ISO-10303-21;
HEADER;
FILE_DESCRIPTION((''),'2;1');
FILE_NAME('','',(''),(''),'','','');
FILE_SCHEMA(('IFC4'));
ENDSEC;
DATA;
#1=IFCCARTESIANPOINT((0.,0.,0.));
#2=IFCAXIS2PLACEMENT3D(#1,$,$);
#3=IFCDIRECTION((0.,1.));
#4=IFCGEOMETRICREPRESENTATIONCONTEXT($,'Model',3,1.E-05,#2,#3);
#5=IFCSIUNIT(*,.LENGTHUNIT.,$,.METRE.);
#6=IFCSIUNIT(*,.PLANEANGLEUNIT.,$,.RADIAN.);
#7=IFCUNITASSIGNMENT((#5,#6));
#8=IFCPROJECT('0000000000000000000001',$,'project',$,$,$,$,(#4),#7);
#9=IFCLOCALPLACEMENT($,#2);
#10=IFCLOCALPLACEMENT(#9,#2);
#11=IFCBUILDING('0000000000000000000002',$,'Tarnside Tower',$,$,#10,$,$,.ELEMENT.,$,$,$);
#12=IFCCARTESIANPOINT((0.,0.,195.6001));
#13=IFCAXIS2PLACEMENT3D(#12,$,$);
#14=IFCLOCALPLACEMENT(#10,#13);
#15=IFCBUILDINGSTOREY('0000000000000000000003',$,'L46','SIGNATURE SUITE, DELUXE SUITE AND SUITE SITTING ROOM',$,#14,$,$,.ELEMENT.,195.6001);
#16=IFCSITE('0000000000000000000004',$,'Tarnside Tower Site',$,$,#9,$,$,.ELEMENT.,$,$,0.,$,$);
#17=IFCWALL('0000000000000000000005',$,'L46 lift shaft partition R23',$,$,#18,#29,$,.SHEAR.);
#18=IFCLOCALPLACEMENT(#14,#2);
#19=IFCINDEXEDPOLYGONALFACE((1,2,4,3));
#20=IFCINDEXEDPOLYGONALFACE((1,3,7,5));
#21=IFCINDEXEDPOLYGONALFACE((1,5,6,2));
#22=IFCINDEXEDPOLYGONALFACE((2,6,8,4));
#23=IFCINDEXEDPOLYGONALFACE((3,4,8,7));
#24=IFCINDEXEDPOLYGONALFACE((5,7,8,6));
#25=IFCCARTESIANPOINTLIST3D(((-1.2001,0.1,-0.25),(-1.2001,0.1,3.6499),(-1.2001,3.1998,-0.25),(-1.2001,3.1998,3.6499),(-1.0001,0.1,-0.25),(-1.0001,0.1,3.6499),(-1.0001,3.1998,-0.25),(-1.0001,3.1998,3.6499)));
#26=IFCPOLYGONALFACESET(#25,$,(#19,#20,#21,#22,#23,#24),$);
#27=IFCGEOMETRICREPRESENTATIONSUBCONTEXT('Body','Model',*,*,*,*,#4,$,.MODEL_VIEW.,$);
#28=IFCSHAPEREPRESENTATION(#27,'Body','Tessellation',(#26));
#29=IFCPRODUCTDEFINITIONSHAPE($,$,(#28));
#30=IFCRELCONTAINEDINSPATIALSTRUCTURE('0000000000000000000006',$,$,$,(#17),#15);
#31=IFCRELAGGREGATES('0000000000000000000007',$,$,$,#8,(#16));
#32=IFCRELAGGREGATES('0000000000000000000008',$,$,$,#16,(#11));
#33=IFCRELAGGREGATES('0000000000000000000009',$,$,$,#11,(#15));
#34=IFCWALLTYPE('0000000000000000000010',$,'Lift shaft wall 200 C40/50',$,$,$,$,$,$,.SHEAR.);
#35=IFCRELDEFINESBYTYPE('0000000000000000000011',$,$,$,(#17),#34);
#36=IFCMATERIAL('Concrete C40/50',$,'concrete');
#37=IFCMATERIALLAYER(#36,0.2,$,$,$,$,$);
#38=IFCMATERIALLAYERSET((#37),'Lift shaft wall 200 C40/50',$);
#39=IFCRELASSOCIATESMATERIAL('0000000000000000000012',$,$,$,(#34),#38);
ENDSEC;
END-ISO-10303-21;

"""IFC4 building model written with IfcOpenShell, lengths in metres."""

from ifc_helpers import new_model, si_unit, direction, frame, frame_2d, origin, place, context, subcontext, project, spatial, rectangle, extrude, material, layer, layer_set, type_object, element, save


model = new_model("IFC4")

# Units and contexts
model_context = context("Model", 3, precision=1e-05, world=origin(), true_north=direction((0.0, 1.0)))
body_context = subcontext(model_context, "Body", "Model", "MODEL_VIEW")
ifc_project = project(units=[si_unit("LENGTHUNIT", "METRE"), si_unit("PLANEANGLEUNIT", "RADIAN")], contexts=[model_context])

# Site, building, storey
site_placement = place(None, origin())
site = spatial("IfcSite", under=ifc_project, at=site_placement, Name="Tarnside Tower Site", CompositionType="ELEMENT", RefElevation=0.0)
building_placement = place(site_placement, origin())
building = spatial("IfcBuilding", under=site, at=building_placement, Name="Tarnside Tower", CompositionType="ELEMENT")
storey_placement = place(building_placement, frame((0.0, 0.0, 195.6001)))
storey = spatial("IfcBuildingStorey", under=building, at=storey_placement, Name="L46", Description="SIGNATURE SUITE, DELUXE SUITE AND SUITE SITTING ROOM", CompositionType="ELEMENT", Elevation=195.6001)

# Shared definitions
ifc_material_1 = material(Name="Concrete C40/50", Category="concrete")

# Wall
ifc_layer_1 = layer(ifc_material_1, 0.2)
ifc_layer_set_1 = layer_set([ifc_layer_1], Name="Lift shaft wall 200 C40/50")
wall_type = type_object("IfcWallType", Name="Lift shaft wall 200 C40/50", PredefinedType="SHEAR", material=ifc_layer_set_1)
for number, where, z_axis, x_axis, name in (
    (1, (-1.1001, 0.1001, -0.25), (0.0, 0.0, 1.0), (0.0, 1.0, 0.0), "L46 lift shaft partition R23"),
):
    element("IfcWall", number, at=place(storey_placement, frame(where, z_axis=z_axis, x_axis=x_axis)), inside=storey, type_object=wall_type, Name=name, PredefinedType="SHEAR", context=body_context, shape_type="SweptSolid", body=[
        extrude(rectangle(XDim=3.0999, YDim=0.2, at=frame_2d((1.5498, 0.0))), origin(), (0.0, 0.0, 1.0), 3.8999),
    ])

save(model, "model.ifc")
